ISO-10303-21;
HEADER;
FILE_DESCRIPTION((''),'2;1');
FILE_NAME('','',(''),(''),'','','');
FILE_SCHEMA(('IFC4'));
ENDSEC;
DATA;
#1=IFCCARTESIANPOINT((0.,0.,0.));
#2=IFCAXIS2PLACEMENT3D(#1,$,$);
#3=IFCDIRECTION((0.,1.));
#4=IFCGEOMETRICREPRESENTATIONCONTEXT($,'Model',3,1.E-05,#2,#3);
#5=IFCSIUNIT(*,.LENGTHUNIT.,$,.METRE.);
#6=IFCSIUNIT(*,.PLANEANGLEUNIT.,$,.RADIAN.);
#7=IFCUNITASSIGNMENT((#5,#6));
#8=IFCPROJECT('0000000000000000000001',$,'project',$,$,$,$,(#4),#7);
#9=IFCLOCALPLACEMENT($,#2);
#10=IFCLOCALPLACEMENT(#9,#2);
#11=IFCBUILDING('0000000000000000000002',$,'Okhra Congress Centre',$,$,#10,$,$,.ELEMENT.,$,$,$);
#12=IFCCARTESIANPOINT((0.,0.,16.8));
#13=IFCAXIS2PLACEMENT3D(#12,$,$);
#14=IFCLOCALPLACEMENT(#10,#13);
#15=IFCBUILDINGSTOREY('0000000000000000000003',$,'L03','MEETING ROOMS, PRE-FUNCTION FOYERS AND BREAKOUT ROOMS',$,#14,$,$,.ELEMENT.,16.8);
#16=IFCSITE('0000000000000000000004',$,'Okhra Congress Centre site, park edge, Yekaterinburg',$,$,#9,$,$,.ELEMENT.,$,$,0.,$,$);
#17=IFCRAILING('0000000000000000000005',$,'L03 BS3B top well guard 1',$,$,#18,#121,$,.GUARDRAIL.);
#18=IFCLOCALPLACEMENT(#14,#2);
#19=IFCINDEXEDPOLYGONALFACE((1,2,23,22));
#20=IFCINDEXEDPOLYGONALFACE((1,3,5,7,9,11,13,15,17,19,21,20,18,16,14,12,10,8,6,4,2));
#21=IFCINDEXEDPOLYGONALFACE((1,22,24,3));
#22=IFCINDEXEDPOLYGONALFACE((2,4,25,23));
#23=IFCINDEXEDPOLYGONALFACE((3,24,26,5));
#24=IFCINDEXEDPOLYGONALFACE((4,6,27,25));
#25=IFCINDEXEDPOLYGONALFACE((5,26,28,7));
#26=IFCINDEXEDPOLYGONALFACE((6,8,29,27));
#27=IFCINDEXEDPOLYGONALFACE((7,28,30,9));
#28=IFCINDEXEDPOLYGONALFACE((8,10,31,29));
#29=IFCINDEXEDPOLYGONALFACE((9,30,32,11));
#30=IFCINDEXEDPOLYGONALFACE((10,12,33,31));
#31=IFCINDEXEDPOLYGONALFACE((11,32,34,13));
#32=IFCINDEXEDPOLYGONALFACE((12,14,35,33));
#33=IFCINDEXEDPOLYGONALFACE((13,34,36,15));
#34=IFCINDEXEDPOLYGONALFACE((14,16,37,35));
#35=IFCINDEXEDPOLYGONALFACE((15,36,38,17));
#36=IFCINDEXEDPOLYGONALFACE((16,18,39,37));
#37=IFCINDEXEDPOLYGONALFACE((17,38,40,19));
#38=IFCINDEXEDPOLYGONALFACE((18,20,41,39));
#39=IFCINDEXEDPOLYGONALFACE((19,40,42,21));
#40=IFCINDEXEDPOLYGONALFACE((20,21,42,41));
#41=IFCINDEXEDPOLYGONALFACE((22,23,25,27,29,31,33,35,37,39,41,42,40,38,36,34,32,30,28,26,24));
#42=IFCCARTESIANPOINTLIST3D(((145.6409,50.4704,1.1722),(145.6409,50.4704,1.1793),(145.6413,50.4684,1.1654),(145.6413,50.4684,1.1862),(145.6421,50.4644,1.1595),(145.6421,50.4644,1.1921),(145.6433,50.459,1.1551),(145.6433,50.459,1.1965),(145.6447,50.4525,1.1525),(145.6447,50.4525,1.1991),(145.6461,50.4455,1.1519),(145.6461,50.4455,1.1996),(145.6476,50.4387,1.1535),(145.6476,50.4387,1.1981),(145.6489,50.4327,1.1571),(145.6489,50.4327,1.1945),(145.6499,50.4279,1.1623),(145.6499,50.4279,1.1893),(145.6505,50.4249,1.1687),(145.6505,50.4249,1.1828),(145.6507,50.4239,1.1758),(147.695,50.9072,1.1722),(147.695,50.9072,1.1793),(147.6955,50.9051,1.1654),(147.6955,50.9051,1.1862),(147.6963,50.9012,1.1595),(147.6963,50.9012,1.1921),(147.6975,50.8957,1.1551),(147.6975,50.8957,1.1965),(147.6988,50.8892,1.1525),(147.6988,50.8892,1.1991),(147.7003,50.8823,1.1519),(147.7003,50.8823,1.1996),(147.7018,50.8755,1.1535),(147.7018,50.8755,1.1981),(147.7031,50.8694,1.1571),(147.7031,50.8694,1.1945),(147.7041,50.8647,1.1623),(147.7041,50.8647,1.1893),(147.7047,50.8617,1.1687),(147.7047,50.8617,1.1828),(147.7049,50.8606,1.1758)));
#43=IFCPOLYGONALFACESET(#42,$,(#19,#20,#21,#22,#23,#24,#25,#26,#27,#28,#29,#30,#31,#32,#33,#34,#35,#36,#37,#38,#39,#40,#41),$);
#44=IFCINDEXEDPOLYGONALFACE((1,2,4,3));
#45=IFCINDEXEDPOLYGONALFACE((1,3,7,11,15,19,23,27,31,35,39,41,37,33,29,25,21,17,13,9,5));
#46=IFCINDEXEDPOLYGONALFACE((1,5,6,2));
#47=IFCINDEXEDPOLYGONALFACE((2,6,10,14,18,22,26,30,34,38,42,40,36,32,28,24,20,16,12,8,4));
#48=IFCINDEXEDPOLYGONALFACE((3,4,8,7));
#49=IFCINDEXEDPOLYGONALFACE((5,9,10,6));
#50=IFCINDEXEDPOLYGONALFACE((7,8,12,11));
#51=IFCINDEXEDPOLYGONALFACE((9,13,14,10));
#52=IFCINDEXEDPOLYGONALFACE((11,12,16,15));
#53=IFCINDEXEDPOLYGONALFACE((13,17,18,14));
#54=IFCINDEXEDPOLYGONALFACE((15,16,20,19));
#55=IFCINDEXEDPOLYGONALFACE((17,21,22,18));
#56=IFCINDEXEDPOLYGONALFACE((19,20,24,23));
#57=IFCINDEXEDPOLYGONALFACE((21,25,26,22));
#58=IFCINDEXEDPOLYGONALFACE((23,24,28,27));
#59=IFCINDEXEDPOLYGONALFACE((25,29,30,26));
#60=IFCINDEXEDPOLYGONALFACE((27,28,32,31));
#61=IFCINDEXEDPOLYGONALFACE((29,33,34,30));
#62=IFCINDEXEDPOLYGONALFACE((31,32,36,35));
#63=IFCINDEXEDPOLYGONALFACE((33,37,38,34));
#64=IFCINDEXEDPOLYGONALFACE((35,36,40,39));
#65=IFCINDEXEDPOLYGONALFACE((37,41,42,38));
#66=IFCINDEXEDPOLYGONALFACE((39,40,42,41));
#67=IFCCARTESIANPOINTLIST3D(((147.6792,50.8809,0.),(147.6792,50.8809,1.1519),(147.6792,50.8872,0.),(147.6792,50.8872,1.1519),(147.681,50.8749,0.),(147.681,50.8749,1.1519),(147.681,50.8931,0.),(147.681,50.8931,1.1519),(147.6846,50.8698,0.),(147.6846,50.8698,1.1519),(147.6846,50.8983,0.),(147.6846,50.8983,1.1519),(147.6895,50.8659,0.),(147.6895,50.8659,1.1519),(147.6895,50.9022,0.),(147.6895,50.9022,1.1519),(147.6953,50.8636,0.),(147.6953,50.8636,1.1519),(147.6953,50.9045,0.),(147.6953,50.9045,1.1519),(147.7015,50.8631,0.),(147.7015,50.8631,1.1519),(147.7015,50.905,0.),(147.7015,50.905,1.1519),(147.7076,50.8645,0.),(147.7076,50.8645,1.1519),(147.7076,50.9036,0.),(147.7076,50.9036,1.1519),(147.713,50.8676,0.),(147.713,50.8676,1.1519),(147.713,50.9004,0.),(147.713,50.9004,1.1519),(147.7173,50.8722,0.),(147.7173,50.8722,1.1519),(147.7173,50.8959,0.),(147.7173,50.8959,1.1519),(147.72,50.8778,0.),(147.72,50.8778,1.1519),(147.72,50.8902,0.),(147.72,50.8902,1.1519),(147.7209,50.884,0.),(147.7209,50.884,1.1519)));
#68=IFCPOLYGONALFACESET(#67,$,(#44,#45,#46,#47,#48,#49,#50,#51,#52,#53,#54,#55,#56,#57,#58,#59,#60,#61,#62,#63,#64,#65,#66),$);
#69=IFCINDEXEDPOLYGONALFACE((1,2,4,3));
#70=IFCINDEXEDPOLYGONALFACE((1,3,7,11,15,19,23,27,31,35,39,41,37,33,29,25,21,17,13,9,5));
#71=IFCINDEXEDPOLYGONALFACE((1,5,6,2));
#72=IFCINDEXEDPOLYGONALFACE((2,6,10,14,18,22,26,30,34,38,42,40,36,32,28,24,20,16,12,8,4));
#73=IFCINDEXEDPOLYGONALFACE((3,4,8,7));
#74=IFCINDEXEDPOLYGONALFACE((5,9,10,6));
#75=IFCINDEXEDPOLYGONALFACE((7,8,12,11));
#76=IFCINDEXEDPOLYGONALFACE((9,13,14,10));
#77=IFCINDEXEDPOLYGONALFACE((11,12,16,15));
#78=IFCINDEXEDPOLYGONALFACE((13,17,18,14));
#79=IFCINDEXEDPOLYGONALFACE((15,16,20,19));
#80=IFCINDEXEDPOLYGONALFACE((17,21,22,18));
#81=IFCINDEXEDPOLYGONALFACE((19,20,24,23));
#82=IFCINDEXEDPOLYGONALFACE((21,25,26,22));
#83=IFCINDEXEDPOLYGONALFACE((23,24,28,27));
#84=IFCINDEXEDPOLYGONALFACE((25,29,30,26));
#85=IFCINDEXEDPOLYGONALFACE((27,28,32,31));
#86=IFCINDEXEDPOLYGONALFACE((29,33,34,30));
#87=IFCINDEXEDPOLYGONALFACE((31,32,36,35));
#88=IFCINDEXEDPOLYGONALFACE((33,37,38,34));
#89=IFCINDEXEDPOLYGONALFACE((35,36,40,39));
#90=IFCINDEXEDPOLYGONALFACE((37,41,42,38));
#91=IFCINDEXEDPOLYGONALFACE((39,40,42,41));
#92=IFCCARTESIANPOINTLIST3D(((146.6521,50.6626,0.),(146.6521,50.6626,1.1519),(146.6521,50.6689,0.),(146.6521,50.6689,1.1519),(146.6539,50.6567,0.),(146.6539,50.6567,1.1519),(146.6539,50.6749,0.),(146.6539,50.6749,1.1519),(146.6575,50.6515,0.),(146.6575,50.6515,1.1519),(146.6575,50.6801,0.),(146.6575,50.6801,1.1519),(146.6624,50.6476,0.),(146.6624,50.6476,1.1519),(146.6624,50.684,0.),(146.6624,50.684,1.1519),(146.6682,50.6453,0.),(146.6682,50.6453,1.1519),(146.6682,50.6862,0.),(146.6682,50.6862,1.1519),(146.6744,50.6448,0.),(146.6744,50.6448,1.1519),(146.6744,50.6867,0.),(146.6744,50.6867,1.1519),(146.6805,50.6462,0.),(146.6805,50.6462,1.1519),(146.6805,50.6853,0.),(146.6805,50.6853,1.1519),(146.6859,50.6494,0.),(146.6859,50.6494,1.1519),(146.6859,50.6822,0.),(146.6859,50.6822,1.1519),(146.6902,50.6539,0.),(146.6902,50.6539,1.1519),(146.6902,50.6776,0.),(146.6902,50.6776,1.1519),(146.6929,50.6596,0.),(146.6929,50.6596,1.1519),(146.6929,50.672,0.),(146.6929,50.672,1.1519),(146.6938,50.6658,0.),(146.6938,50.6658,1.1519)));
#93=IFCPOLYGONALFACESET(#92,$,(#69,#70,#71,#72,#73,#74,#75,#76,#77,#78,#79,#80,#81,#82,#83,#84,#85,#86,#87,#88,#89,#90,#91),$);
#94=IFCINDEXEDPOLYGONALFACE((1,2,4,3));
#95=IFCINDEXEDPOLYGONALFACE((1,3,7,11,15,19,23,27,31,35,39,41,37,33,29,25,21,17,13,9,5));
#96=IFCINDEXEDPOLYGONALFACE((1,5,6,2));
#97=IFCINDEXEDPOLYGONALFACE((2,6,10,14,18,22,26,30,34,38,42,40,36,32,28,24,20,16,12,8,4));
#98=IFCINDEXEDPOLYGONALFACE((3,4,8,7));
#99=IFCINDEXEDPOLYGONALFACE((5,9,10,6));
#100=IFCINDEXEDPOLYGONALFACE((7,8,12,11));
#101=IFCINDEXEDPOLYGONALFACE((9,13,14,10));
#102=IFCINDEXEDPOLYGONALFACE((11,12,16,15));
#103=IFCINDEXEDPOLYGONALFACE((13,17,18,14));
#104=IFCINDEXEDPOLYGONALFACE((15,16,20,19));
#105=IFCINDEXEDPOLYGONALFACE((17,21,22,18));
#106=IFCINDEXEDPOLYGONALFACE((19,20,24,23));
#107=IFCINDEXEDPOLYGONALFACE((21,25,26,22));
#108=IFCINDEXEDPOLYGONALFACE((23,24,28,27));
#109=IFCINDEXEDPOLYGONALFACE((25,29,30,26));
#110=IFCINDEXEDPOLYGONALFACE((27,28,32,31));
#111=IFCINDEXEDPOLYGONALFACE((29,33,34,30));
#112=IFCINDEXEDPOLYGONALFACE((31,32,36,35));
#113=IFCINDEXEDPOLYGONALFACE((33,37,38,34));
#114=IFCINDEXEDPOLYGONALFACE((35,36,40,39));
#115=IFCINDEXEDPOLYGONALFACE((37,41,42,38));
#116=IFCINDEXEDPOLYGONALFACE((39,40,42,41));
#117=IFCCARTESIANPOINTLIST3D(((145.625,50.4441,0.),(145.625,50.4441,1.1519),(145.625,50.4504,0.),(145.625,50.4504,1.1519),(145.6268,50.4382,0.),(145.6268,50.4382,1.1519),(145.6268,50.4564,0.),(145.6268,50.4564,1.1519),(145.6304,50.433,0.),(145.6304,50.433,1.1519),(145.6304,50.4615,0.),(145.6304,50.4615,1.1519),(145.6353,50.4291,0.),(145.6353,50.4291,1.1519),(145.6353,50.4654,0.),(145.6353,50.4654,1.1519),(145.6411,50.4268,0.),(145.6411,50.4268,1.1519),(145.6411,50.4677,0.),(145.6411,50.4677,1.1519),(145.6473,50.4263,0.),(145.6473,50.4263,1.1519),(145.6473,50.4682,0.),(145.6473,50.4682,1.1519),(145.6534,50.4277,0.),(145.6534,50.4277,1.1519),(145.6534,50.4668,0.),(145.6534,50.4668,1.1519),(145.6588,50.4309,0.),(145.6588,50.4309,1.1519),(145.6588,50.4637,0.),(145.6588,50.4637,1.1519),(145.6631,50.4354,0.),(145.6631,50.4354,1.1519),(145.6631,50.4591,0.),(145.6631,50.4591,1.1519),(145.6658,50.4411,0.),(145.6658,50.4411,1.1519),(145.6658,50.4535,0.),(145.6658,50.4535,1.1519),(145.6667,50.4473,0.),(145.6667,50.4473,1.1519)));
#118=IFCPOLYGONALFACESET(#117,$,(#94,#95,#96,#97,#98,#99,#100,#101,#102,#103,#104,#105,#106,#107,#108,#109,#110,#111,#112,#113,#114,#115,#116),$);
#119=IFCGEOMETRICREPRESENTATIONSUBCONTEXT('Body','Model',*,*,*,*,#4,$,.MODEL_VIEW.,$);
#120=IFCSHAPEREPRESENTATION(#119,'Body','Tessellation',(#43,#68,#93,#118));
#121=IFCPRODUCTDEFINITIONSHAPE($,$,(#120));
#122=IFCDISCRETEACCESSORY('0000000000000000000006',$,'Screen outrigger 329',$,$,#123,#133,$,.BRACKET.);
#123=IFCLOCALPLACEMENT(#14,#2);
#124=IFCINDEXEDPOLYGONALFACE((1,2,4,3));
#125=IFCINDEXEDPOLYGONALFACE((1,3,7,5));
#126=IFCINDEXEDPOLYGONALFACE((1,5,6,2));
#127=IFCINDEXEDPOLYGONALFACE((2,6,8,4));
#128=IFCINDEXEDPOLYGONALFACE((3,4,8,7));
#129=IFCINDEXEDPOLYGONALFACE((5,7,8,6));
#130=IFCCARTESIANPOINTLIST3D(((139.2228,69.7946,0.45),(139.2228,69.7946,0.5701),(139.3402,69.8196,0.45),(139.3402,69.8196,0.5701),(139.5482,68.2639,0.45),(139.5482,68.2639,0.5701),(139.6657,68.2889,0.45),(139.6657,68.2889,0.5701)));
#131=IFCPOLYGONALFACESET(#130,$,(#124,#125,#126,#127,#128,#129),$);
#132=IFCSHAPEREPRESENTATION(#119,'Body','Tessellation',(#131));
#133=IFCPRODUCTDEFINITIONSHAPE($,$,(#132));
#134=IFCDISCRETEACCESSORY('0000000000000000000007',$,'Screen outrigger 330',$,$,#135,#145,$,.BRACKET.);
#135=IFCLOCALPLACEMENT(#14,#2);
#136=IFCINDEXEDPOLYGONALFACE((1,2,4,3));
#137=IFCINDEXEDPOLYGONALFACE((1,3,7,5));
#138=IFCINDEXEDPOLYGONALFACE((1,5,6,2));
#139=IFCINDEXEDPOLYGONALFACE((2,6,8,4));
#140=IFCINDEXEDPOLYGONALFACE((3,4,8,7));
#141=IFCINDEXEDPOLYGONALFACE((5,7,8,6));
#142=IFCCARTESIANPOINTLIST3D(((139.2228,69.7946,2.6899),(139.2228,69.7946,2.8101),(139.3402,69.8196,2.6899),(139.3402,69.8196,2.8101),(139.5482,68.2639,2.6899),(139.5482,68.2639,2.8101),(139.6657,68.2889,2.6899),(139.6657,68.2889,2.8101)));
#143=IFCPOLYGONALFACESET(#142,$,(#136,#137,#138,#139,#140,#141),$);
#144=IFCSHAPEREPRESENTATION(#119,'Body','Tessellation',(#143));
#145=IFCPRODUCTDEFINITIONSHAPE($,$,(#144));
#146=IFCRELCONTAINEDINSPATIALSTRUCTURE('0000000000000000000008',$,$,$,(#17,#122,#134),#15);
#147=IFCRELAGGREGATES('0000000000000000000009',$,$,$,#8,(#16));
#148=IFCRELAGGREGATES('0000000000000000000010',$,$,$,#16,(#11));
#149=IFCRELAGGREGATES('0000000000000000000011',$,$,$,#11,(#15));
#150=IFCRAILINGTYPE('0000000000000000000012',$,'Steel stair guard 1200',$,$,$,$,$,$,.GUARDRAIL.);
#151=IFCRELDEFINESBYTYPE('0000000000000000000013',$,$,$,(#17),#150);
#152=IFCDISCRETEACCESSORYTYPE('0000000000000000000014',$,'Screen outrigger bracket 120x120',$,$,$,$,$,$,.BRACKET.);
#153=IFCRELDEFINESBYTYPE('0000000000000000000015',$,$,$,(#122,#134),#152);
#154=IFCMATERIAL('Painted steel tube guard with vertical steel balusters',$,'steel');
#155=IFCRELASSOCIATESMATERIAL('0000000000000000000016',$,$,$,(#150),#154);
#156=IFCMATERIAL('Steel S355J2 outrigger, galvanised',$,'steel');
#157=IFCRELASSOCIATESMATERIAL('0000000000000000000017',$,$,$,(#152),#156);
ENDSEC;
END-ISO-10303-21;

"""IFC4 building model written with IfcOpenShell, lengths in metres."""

from ifc_helpers import new_model, si_unit, direction, frame, origin, origin_2d, place, context, subcontext, project, spatial, rectangle, circle, extrude, material, material_profile, profile_set, type_object, element, save


model = new_model("IFC4")

# Units and contexts
model_context = context("Model", 3, precision=1e-05, world=origin(), true_north=direction((0.0, 1.0)))
body_context = subcontext(model_context, "Body", "Model", "MODEL_VIEW")
ifc_project = project(units=[si_unit("LENGTHUNIT", "METRE"), si_unit("PLANEANGLEUNIT", "RADIAN")], contexts=[model_context])

# Site, building, storey
site_placement = place(None, origin())
site = spatial("IfcSite", under=ifc_project, at=site_placement, Name="Okhra Congress Centre site, park edge, Yekaterinburg", CompositionType="ELEMENT", RefElevation=0.0)
building_placement = place(site_placement, origin())
building = spatial("IfcBuilding", under=site, at=building_placement, Name="Okhra Congress Centre", CompositionType="ELEMENT")
storey_placement = place(building_placement, frame((0.0, 0.0, 16.8)))
storey = spatial("IfcBuildingStorey", under=building, at=storey_placement, Name="L03", Description="MEETING ROOMS, PRE-FUNCTION FOYERS AND BREAKOUT ROOMS", CompositionType="ELEMENT", Elevation=16.8)

# Railing
ifc_material_1 = material(Name="Painted steel tube guard with vertical steel balusters", Category="steel")
railing_type = type_object("IfcRailingType", Name="Steel stair guard 1200", PredefinedType="GUARDRAIL", material=ifc_material_1)
railing_1_placement = place(storey_placement, frame((147.7, 50.884, 0.0)))
element("IfcRailing", 1, at=railing_1_placement, inside=storey, type_object=railing_type, Name="L03 BS3B top well guard 1", PredefinedType="GUARDRAIL", context=body_context, shape_type="SweptSolid", body=[
    extrude(circle(Radius=0.0239, at=origin_2d()), frame((0.0, 0.0, 1.1758), z_axis=(-0.978135, -0.207973, 0.0), x_axis=(0.207973, -0.978135, 0.0)), (0.0, 0.0, 1.0), 2.1001),
    extrude(circle(Radius=0.021, at=origin_2d()), origin(), (0.0, 0.0, 1.0), 1.1519),
    extrude(circle(Radius=0.021, at=origin_2d()), frame((-1.0271, -0.2183, 0.0)), (0.0, 0.0, 1.0), 1.1519),
    extrude(circle(Radius=0.021, at=origin_2d()), frame((-2.0542, -0.4368, 0.0)), (0.0, 0.0, 1.0), 1.1519),
])

# Discrete accessories
ifc_material_2 = material(Name="Steel S355J2 outrigger, galvanised", Category="steel")
ifc_material_profile_1 = material_profile(ifc_material_2, rectangle(XDim=0.1201, YDim=0.1201, at=origin_2d()), Name="Screen outrigger bracket 120x120")
ifc_profile_set_1 = profile_set([ifc_material_profile_1], Name="Steel S355J2 outrigger, galvanised")
discrete_accessory_type = type_object("IfcDiscreteAccessoryType", Name="Screen outrigger bracket 120x120", PredefinedType="BRACKET", material=ifc_profile_set_1)
for number, where, z_axis, x_axis, name in (
    (2, (139.6069, 68.2764, 0.51), (-0.207952, 0.978139, 0.0), (-0.978139, -0.207952, 0.0), "Screen outrigger 329"),
    (3, (139.6069, 68.2764, 2.75), (-0.207952, 0.978139, 0.0), (-0.978139, -0.207952, 0.0), "Screen outrigger 330"),
):
    element("IfcDiscreteAccessory", number, at=place(storey_placement, frame(where, z_axis=z_axis, x_axis=x_axis)), inside=storey, type_object=discrete_accessory_type, Name=name, PredefinedType="BRACKET", context=body_context, shape_type="SweptSolid", body=[
        extrude(rectangle(XDim=0.1201, YDim=0.1201, at=origin_2d()), origin(), (0.0, 0.0, 1.0), 1.5649),
    ])

save(model, "model.ifc")
